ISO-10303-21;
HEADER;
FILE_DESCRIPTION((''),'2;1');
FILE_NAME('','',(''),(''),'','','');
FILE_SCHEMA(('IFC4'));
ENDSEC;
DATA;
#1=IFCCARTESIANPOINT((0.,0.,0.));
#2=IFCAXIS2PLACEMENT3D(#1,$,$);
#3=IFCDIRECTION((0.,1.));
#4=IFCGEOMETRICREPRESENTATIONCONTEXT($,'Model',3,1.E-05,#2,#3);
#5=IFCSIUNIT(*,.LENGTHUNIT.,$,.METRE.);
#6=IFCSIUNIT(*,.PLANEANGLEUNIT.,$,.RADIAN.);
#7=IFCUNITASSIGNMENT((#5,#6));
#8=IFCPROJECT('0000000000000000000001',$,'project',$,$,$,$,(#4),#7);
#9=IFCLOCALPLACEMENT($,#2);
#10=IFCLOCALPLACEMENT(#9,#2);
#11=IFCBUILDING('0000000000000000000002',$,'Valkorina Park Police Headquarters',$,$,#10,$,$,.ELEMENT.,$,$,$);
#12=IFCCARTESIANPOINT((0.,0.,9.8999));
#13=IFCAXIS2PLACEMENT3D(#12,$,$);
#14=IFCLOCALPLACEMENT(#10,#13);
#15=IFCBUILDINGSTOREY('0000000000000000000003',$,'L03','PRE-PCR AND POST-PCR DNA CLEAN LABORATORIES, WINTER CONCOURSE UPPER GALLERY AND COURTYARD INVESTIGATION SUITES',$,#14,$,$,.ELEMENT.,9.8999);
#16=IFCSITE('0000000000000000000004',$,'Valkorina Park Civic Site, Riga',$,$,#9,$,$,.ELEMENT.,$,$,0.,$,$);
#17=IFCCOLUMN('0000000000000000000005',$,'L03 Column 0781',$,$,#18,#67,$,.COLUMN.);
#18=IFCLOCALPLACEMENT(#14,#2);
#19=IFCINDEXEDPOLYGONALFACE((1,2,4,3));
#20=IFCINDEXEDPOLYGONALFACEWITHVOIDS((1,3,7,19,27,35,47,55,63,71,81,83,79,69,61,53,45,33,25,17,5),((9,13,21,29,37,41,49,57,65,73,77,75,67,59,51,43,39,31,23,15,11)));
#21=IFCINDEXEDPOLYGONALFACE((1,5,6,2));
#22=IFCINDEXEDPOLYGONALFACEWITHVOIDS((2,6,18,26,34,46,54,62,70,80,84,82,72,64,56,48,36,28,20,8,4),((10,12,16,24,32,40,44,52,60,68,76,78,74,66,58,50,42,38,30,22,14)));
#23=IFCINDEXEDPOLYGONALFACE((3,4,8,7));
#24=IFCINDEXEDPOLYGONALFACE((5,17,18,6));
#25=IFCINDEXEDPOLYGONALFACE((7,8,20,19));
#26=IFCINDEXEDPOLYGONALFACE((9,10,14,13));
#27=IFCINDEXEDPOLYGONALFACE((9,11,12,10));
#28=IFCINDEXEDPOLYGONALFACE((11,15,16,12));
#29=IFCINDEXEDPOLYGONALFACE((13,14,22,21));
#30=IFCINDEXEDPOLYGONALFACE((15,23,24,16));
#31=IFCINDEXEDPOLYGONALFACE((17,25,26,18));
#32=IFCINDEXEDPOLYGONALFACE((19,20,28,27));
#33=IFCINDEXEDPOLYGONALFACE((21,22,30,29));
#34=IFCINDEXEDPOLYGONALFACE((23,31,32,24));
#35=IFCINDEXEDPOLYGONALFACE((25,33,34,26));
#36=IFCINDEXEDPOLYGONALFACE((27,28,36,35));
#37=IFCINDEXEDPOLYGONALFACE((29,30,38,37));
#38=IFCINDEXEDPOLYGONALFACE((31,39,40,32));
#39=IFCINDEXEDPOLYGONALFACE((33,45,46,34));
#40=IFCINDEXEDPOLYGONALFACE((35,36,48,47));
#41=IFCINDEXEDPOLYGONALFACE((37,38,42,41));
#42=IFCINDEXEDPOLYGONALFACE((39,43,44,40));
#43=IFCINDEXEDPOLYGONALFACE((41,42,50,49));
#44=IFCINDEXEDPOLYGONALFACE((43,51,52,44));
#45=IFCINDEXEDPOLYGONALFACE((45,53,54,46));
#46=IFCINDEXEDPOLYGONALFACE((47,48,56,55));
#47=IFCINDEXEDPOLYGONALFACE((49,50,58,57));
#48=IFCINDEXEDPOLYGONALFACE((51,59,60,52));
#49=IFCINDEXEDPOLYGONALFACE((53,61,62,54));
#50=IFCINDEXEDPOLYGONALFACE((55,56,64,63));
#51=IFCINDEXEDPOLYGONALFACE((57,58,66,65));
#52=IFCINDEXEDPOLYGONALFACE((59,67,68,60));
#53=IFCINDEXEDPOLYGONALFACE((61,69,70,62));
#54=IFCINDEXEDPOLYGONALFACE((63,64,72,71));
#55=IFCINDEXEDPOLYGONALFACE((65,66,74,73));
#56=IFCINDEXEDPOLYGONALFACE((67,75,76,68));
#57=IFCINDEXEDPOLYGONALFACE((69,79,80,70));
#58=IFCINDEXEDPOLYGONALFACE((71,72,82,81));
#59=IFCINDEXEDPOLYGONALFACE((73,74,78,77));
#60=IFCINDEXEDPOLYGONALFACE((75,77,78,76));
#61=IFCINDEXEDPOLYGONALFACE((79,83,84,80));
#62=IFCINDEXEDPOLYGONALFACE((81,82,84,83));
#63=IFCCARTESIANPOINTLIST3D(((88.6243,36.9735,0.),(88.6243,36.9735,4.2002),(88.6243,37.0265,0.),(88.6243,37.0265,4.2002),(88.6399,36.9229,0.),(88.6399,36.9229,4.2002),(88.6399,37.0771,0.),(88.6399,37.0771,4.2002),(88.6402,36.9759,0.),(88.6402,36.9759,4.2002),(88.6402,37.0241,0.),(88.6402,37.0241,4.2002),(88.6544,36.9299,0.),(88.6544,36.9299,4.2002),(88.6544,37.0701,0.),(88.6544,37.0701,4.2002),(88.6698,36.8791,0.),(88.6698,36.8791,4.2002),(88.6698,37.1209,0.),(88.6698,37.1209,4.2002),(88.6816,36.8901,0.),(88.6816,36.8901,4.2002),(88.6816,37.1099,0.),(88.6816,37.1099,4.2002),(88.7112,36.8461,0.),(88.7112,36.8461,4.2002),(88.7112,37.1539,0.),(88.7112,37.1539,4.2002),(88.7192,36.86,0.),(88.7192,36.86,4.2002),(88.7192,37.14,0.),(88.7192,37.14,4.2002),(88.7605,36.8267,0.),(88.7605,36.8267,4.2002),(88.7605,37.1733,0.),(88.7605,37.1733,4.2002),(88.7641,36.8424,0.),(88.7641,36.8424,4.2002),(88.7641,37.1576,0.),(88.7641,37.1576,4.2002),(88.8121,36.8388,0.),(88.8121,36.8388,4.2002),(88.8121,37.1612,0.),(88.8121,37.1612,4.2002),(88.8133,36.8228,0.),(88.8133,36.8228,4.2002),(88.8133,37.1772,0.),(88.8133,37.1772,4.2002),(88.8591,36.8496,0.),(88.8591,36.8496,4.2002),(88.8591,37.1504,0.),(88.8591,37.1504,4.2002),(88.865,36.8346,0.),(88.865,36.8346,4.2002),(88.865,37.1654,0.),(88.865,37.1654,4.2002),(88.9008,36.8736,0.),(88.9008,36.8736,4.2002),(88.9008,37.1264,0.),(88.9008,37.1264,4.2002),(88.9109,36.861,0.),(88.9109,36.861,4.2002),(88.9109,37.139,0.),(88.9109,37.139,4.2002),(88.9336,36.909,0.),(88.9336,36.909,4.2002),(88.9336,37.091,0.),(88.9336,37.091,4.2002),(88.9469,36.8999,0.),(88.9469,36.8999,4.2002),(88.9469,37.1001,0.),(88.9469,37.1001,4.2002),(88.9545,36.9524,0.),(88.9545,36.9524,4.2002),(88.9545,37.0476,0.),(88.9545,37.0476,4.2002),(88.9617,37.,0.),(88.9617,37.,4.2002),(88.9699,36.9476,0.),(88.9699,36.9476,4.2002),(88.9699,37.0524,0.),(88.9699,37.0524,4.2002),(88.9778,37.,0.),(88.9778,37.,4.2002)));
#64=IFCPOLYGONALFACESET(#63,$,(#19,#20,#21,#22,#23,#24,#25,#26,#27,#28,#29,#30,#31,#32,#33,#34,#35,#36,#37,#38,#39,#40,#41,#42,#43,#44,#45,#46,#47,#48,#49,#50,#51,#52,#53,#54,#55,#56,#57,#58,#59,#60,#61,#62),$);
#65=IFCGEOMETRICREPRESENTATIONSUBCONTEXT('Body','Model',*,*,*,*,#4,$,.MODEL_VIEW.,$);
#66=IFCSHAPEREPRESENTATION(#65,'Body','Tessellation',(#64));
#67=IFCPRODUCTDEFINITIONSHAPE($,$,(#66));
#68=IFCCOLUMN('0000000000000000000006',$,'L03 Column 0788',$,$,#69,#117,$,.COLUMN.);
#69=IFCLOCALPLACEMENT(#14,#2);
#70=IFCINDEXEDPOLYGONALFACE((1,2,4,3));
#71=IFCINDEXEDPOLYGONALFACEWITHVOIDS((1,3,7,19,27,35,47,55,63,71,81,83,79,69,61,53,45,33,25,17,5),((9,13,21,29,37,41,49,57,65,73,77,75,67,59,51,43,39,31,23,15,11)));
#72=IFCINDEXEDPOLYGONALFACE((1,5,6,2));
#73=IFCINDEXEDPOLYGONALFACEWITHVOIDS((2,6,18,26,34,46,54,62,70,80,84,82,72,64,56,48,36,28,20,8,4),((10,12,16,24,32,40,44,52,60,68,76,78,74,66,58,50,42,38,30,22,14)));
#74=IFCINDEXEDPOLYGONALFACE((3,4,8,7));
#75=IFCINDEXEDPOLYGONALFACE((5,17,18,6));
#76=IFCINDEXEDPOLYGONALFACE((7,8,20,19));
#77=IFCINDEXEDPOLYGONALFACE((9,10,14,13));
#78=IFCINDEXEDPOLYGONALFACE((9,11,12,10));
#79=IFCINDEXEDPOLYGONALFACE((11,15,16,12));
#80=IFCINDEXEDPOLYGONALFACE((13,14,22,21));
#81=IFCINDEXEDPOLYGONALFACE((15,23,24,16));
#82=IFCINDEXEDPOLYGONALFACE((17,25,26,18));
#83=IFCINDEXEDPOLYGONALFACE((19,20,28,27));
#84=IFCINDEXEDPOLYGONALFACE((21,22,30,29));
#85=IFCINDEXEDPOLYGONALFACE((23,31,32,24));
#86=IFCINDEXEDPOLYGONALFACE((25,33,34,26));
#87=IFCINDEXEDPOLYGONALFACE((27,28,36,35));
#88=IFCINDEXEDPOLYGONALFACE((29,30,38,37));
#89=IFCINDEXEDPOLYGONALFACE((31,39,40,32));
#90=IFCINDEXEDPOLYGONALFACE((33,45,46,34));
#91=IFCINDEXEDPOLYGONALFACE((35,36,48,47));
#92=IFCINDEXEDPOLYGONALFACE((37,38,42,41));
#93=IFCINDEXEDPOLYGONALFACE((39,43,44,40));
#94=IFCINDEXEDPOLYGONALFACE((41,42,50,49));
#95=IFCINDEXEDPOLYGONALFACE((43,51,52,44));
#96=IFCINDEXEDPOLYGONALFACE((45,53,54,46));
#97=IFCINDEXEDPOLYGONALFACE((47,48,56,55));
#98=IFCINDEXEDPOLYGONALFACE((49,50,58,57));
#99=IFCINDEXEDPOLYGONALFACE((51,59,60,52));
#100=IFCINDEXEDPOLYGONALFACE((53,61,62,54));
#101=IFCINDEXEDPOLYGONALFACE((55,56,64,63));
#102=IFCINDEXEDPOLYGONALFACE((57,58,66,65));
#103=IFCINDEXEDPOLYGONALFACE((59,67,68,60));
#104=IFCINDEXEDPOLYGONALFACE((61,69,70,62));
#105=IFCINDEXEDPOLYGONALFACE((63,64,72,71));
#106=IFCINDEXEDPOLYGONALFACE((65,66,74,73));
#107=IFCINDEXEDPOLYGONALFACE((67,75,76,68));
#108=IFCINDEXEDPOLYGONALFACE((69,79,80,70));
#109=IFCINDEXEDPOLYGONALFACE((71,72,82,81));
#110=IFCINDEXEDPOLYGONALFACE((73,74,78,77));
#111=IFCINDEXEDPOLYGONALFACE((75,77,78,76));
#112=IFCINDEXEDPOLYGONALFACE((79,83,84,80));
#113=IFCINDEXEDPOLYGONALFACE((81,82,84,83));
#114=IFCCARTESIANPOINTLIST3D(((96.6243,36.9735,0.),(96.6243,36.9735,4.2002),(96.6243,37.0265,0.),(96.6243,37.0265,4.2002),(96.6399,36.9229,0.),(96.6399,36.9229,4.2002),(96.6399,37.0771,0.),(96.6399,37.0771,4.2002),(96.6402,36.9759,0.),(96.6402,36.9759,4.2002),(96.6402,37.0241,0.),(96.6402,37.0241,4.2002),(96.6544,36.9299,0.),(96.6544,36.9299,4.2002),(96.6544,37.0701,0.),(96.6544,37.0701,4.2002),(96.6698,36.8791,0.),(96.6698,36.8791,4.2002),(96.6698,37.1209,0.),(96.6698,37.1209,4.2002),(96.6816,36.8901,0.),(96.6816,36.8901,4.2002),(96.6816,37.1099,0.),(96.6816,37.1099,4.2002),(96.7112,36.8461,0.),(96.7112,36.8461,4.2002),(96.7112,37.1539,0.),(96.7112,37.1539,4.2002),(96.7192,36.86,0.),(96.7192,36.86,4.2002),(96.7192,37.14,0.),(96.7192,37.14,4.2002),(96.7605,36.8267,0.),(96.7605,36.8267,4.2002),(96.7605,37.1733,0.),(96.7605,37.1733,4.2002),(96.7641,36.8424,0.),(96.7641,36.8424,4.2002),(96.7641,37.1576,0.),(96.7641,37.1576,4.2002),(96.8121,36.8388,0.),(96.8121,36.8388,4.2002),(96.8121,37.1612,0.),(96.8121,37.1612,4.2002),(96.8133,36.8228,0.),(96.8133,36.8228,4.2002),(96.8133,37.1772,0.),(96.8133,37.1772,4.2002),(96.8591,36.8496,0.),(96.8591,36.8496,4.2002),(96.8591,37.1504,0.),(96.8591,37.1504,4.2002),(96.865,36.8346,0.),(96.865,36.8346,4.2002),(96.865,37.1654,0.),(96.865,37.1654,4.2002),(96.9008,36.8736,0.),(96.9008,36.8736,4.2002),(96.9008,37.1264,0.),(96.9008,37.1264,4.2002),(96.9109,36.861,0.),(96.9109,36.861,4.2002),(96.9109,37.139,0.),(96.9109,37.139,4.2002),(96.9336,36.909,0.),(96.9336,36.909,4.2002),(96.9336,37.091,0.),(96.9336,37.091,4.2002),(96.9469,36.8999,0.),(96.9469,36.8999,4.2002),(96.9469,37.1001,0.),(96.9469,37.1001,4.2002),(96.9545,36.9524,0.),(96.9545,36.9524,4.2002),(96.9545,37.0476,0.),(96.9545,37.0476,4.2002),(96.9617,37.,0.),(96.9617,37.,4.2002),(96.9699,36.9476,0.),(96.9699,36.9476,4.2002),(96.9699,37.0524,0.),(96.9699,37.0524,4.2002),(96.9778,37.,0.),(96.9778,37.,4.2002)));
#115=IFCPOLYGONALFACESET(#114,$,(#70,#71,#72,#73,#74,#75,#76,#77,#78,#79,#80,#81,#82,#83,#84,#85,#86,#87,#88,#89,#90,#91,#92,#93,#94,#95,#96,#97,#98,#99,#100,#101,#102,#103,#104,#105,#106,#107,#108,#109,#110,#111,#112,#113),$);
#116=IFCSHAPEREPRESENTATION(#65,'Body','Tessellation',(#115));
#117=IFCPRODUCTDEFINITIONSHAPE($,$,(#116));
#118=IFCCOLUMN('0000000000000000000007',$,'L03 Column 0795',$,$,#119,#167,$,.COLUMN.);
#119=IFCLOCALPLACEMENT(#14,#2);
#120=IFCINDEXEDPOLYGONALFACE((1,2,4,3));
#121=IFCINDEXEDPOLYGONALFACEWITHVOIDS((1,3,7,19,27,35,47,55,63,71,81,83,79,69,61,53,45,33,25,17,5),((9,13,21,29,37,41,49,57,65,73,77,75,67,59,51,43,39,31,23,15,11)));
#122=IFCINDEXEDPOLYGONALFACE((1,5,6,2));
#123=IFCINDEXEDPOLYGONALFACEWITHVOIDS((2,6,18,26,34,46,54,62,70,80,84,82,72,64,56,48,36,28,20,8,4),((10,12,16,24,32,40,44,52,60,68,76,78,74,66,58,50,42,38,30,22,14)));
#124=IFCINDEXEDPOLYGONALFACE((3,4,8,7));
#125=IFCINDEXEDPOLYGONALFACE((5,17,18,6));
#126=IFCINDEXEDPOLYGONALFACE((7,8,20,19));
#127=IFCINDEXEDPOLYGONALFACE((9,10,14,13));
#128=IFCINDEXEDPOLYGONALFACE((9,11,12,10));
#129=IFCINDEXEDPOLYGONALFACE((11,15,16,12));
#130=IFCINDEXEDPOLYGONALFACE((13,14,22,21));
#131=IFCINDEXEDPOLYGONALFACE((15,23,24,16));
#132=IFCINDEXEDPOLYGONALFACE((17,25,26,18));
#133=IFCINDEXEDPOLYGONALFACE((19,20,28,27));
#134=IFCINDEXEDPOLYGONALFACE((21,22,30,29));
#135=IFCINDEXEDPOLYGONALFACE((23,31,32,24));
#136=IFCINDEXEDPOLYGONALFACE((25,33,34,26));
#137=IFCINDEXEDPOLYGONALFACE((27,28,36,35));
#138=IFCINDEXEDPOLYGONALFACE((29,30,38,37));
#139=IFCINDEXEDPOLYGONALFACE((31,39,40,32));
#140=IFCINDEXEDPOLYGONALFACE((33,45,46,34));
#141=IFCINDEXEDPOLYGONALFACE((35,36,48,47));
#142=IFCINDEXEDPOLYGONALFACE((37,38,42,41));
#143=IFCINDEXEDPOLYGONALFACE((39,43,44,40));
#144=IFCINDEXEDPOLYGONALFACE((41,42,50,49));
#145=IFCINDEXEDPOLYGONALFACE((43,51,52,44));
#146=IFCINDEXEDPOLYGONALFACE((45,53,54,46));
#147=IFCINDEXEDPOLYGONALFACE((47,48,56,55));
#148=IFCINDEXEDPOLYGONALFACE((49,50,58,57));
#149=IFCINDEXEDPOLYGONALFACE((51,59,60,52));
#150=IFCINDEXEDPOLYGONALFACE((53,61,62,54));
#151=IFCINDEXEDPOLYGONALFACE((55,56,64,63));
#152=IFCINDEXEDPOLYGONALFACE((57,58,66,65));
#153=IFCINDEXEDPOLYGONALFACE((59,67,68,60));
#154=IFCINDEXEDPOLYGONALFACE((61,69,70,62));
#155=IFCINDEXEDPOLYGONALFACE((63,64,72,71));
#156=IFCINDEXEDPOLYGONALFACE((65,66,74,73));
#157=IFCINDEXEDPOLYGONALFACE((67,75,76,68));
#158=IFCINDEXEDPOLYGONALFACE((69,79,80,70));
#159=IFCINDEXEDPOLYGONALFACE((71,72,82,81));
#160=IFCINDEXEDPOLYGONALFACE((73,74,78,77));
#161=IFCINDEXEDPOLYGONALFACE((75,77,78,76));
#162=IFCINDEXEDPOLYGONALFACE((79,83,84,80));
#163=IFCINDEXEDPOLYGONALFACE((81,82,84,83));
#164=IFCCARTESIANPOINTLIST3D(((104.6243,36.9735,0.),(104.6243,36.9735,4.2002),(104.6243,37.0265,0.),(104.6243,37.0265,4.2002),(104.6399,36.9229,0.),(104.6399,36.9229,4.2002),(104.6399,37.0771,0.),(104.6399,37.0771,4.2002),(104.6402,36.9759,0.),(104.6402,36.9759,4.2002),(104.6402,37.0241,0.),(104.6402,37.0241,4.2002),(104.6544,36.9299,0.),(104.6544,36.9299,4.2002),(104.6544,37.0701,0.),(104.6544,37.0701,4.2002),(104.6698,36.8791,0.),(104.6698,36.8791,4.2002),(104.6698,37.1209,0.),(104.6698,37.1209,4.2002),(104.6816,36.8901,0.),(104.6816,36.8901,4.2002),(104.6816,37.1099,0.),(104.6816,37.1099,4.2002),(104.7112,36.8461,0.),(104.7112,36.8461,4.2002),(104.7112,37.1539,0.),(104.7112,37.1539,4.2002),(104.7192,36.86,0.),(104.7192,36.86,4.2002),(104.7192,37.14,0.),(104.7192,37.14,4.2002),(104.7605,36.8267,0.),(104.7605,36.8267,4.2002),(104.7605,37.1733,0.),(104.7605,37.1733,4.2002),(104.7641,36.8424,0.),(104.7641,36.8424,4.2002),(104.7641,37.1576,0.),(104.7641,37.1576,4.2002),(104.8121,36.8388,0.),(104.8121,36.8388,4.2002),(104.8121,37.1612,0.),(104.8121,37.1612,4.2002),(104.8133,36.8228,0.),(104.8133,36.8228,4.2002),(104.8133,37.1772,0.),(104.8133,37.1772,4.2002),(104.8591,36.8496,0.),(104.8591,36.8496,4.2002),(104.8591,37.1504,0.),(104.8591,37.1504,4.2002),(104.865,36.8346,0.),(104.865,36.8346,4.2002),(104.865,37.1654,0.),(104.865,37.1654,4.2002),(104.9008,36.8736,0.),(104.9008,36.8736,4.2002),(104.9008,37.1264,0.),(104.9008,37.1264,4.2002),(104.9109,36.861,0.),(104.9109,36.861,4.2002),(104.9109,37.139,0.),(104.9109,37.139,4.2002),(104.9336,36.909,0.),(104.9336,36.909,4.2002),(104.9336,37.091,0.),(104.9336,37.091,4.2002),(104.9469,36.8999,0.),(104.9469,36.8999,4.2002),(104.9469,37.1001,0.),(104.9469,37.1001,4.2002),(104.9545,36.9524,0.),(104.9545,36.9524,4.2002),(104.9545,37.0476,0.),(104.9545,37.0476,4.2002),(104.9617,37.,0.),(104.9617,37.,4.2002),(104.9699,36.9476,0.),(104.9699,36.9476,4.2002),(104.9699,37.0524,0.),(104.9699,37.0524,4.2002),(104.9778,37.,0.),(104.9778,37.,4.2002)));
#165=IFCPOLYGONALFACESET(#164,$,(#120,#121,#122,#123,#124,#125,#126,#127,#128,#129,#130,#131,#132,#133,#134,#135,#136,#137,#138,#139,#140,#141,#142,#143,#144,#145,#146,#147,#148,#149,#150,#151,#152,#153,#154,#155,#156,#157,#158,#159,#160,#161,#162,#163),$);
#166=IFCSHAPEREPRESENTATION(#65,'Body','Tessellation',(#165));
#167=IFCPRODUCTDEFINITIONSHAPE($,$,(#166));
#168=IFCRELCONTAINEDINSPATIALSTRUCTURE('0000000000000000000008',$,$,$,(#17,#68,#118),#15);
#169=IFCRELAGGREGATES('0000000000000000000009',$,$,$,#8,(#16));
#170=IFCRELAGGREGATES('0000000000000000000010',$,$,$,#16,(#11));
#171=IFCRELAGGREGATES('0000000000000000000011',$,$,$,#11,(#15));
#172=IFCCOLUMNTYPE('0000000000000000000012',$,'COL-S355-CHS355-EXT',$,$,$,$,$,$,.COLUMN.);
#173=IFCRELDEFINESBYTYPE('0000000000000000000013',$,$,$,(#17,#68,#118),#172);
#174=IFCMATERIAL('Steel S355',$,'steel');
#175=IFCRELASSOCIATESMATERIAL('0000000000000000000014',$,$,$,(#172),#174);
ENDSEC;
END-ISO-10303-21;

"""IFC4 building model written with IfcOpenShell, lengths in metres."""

from ifc_helpers import new_model, si_unit, direction, frame, origin, origin_2d, place, context, subcontext, project, spatial, hollow_circle, extrude, material, material_profile, profile_set, type_object, element, save


model = new_model("IFC4")

# Units and contexts
model_context = context("Model", 3, precision=1e-05, world=origin(), true_north=direction((0.0, 1.0)))
body_context = subcontext(model_context, "Body", "Model", "MODEL_VIEW")
ifc_project = project(units=[si_unit("LENGTHUNIT", "METRE"), si_unit("PLANEANGLEUNIT", "RADIAN")], contexts=[model_context])

# Site, building, storey
site_placement = place(None, origin())
site = spatial("IfcSite", under=ifc_project, at=site_placement, Name="Valkorina Park Civic Site, Riga", CompositionType="ELEMENT", RefElevation=0.0)
building_placement = place(site_placement, origin())
building = spatial("IfcBuilding", under=site, at=building_placement, Name="Valkorina Park Police Headquarters", CompositionType="ELEMENT")
storey_placement = place(building_placement, frame((0.0, 0.0, 9.8999)))
storey = spatial("IfcBuildingStorey", under=building, at=storey_placement, Name="L03", Description="PRE-PCR AND POST-PCR DNA CLEAN LABORATORIES, WINTER CONCOURSE UPPER GALLERY AND COURTYARD INVESTIGATION SUITES", CompositionType="ELEMENT", Elevation=9.8999)

# Columns
ifc_material_1 = material(Name="Steel S355", Category="steel")
ifc_material_profile_1 = material_profile(ifc_material_1, hollow_circle(Radius=0.1777, WallThickness=0.0161, at=origin_2d()), Name="CHS 355.6x16")
ifc_profile_set_1 = profile_set([ifc_material_profile_1], Name="Steel S355")
column_type = type_object("IfcColumnType", Name="COL-S355-CHS355-EXT", PredefinedType="COLUMN", material=ifc_profile_set_1)
for number, where, z_axis, x_axis, name in (
    (1, (88.8, 37.0, 0.0), (0.0, 0.0, 1.0), (1.0, 0.0, 0.0), "L03 Column 0781"),
    (2, (96.8, 37.0, 0.0), (0.0, 0.0, 1.0), (1.0, 0.0, 0.0), "L03 Column 0788"),
    (3, (104.8, 37.0, 0.0), (0.0, 0.0, 1.0), (1.0, 0.0, 0.0), "L03 Column 0795"),
):
    element("IfcColumn", number, at=place(storey_placement, frame(where, z_axis=z_axis, x_axis=x_axis)), inside=storey, type_object=column_type, Name=name, PredefinedType="COLUMN", context=body_context, shape_type="SweptSolid", body=[
        extrude(hollow_circle(Radius=0.1777, WallThickness=0.0161, at=origin_2d()), origin(), (0.0, 0.0, 1.0), 4.2002),
    ])

save(model, "model.ifc")
